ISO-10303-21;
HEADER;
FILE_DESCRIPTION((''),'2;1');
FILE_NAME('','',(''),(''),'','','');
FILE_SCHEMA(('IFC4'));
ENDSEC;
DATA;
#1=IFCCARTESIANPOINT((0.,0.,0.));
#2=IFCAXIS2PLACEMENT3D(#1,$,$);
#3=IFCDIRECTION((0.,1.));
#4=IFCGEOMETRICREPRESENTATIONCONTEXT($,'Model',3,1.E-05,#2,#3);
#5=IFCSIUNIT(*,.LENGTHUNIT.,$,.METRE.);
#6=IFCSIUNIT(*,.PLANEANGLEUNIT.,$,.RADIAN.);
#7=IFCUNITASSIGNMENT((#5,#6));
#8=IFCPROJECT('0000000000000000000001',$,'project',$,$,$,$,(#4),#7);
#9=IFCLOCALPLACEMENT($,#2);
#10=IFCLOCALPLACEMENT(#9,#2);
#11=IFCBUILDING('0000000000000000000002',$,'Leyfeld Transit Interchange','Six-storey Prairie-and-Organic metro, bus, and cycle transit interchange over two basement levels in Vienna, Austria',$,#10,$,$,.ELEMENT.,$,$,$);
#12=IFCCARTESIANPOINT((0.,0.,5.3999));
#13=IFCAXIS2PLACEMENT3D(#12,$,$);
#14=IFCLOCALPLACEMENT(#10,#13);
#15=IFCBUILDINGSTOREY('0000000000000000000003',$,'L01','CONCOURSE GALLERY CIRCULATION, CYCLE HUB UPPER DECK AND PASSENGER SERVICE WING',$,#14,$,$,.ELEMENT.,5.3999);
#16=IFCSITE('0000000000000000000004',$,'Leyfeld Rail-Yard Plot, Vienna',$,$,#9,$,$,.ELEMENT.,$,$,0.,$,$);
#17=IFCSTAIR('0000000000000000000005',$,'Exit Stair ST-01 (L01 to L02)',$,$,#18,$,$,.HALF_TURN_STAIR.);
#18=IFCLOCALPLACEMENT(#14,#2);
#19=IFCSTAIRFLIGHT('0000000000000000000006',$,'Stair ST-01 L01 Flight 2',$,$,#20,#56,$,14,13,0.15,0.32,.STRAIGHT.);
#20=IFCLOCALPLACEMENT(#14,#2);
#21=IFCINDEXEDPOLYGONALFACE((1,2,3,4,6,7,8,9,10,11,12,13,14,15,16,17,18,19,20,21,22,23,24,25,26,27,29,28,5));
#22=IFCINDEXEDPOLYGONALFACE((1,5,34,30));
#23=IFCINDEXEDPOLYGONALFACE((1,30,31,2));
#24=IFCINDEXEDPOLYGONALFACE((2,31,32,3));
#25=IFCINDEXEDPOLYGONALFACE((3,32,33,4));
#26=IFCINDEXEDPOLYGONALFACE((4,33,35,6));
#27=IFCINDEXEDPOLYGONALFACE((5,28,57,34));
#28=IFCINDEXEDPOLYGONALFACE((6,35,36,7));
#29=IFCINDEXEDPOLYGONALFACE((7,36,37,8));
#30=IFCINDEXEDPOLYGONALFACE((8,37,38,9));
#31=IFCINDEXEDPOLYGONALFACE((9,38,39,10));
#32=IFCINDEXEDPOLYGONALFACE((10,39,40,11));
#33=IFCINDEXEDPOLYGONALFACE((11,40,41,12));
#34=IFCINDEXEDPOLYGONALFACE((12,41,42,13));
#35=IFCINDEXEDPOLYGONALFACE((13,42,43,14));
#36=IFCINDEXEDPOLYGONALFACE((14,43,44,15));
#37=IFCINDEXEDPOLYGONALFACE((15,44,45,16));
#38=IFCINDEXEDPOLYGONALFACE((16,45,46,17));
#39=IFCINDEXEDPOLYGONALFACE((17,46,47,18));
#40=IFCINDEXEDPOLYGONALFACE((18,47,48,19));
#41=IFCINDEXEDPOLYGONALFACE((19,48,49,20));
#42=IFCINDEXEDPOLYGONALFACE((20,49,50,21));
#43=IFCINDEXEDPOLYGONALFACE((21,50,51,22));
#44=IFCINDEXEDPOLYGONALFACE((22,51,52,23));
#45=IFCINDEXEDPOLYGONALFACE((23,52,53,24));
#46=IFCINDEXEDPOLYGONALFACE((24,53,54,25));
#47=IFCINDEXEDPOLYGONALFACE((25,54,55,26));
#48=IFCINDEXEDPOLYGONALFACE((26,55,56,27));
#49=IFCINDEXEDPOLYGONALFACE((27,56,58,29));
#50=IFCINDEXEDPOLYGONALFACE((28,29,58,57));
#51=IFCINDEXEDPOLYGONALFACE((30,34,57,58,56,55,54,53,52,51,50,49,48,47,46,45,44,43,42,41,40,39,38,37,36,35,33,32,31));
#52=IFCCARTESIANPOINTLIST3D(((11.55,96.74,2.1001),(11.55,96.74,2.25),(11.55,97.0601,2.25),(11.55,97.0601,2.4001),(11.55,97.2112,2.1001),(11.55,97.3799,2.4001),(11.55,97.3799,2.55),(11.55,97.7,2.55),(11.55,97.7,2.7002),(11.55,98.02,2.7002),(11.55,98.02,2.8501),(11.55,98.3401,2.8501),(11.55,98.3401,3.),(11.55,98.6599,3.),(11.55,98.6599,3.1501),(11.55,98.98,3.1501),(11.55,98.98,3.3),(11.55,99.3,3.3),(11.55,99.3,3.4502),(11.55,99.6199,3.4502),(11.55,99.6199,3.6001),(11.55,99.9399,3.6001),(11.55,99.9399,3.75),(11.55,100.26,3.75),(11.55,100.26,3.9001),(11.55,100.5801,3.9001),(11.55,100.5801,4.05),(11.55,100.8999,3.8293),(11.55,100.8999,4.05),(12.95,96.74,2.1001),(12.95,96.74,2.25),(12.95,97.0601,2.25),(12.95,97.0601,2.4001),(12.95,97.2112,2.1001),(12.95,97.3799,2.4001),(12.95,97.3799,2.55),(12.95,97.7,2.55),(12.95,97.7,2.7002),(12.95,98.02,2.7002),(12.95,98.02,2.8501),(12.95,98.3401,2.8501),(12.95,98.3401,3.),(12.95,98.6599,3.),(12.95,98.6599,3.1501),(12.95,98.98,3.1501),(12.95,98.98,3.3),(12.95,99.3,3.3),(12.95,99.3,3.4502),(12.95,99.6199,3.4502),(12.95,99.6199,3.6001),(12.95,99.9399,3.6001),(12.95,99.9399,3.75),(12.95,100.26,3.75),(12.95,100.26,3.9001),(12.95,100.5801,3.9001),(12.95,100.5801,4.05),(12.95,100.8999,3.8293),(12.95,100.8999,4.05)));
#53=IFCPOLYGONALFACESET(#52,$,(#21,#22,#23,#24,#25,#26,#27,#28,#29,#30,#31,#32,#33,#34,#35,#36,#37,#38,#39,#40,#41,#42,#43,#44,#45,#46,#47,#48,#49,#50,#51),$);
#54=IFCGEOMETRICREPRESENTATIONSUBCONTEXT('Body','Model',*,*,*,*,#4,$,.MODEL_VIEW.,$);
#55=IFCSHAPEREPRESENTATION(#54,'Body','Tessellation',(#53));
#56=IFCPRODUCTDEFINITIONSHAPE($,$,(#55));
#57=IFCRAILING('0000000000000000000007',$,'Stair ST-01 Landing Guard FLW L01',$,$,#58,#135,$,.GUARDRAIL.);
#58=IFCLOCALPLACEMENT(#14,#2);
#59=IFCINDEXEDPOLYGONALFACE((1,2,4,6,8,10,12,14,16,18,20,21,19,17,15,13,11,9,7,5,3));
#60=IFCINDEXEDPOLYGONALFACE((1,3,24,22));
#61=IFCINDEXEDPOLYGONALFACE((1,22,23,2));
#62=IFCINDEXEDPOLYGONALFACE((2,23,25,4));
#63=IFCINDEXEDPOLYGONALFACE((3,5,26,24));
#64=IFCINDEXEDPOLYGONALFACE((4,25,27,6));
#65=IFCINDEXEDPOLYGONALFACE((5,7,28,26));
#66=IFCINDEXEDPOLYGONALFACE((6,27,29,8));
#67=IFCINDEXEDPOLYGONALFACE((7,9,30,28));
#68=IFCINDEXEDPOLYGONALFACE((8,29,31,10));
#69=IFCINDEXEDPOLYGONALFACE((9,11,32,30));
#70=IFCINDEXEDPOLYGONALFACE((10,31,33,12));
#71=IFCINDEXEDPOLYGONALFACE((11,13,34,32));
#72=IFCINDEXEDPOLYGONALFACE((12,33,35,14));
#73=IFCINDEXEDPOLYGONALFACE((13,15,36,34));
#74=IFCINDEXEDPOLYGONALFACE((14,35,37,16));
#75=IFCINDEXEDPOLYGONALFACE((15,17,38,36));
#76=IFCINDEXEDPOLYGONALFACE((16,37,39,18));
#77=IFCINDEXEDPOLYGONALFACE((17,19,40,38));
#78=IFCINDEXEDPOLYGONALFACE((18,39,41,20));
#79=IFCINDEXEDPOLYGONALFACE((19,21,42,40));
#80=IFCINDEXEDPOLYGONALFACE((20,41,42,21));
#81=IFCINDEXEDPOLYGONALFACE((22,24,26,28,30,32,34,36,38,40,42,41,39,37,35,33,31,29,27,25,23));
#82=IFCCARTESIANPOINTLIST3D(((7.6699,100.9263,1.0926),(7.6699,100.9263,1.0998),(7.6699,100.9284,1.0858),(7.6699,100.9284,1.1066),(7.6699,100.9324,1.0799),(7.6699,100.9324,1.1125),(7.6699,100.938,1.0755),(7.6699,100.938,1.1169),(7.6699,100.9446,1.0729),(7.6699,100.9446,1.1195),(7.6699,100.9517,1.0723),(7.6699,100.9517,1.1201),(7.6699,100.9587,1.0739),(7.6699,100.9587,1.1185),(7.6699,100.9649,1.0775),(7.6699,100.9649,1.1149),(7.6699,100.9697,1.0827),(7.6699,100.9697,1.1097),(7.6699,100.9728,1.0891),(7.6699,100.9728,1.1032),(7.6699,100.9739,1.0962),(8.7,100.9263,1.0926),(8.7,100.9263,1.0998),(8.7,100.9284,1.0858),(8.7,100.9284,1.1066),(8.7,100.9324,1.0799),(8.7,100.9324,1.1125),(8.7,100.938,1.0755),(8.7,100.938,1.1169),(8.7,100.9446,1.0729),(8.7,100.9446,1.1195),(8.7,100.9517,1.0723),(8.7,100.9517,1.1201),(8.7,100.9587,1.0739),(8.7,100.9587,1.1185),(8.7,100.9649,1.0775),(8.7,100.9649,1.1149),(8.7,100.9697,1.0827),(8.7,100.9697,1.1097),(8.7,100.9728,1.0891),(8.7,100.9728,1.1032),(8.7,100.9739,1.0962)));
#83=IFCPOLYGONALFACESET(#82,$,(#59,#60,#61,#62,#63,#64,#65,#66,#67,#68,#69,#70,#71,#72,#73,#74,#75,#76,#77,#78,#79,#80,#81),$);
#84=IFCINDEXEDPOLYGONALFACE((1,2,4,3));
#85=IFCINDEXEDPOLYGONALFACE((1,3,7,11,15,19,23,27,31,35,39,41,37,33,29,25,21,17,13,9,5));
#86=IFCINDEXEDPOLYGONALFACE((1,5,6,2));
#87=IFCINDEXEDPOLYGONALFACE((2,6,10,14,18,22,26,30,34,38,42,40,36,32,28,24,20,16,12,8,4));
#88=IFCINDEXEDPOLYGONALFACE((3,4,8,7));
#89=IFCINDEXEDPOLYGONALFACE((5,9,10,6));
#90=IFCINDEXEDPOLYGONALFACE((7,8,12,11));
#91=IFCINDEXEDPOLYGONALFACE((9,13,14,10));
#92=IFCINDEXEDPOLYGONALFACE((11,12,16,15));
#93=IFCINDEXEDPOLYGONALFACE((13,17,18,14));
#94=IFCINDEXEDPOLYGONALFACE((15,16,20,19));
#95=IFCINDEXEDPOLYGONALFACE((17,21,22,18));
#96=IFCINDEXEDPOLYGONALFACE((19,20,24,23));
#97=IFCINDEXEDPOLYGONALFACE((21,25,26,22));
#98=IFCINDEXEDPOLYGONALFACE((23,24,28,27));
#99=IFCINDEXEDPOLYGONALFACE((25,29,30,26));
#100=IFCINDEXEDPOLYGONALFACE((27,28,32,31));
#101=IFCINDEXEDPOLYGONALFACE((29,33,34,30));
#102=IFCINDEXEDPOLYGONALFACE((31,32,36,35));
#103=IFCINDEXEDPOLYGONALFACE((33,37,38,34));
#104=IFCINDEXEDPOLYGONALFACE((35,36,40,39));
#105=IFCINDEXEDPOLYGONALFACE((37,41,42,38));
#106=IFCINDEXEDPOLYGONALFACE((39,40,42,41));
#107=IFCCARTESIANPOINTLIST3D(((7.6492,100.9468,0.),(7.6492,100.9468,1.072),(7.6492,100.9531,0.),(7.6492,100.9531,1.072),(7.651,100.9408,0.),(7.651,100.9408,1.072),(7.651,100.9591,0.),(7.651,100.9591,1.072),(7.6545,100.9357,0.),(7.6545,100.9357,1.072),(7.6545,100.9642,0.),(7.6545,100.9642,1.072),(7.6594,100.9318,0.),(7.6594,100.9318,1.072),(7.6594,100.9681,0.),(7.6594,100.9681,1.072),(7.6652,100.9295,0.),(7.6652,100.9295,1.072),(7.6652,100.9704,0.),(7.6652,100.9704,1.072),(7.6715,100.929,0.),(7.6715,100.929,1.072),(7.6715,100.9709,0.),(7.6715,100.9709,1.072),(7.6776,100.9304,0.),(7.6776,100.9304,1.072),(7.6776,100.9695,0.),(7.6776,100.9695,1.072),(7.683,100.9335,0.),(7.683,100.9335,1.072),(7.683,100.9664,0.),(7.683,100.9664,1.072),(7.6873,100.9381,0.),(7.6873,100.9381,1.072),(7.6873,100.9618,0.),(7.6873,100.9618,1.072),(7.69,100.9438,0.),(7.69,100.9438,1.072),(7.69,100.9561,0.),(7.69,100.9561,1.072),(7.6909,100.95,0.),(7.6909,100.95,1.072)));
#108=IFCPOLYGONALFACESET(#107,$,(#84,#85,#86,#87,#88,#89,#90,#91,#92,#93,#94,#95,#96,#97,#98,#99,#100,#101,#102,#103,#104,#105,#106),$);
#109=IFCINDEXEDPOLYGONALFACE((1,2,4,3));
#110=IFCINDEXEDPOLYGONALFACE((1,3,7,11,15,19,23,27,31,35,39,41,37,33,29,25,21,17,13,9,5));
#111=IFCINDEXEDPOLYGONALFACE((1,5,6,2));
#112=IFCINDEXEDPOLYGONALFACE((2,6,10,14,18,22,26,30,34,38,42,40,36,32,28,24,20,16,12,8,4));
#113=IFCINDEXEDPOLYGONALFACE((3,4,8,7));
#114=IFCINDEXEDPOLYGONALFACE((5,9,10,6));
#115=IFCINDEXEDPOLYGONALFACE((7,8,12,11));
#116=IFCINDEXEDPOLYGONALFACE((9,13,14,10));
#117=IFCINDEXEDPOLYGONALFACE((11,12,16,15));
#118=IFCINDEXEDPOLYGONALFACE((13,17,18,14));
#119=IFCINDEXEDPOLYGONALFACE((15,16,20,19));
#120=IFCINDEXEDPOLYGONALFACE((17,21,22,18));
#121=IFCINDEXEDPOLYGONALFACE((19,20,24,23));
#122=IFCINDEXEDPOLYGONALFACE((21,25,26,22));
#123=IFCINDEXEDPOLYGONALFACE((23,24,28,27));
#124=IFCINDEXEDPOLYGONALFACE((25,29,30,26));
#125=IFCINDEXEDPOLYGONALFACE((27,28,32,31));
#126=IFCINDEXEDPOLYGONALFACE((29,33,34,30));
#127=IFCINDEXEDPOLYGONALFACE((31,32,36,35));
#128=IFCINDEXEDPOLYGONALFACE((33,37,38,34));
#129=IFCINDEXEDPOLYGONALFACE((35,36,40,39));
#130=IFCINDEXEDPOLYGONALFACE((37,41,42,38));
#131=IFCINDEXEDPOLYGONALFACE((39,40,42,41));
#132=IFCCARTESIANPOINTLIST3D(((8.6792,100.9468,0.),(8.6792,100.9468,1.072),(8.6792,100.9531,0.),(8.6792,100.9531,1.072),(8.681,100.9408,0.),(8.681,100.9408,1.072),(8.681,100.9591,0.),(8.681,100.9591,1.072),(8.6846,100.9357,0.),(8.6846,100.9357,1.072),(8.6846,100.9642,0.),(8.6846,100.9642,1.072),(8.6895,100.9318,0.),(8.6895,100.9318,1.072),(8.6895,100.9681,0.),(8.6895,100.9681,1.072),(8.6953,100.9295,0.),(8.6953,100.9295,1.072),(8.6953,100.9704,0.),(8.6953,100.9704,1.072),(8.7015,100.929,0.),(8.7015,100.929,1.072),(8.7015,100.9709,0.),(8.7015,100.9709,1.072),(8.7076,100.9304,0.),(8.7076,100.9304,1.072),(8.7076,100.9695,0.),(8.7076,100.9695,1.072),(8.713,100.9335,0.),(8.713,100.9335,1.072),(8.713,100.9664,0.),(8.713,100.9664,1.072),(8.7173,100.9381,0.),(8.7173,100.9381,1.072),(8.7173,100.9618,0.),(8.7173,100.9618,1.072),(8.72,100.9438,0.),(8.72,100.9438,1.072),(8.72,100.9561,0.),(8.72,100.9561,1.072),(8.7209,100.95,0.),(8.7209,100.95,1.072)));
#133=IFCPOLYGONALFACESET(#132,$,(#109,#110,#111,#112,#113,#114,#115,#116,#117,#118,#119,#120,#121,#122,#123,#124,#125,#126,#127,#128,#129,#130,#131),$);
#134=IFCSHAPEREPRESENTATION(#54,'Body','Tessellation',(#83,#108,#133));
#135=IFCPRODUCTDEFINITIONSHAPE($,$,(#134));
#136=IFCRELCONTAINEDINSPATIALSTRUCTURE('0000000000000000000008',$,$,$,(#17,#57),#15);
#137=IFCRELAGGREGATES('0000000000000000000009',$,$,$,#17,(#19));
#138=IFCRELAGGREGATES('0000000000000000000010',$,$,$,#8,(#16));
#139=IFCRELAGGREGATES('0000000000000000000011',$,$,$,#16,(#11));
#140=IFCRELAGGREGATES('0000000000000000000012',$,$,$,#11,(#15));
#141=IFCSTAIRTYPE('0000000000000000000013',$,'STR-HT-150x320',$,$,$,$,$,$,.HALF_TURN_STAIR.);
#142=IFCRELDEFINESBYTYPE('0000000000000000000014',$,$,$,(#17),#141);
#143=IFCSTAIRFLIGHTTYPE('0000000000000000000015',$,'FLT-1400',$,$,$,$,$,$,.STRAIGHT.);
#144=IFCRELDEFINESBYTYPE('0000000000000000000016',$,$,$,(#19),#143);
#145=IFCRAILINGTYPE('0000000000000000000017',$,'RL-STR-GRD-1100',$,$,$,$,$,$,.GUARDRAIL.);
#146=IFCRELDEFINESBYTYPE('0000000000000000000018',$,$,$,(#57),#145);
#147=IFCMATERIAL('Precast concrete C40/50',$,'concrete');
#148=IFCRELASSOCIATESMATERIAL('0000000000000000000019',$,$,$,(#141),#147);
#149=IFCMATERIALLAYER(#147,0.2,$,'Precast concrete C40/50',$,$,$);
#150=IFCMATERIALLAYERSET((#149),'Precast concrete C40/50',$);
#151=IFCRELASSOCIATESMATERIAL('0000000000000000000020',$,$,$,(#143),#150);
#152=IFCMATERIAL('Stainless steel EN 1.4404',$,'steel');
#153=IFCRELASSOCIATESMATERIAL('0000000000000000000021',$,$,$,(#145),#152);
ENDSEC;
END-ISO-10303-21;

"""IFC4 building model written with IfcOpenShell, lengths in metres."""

from ifc_helpers import new_model, si_unit, direction, frame, origin, origin_2d, place, context, subcontext, project, spatial, polyline, circle, outline, extrude, material, layer, layer_set, type_object, element, aggregate, save


model = new_model("IFC4")

# Units and contexts
model_context = context("Model", 3, precision=1e-05, world=origin(), true_north=direction((0.0, 1.0)))
body_context = subcontext(model_context, "Body", "Model", "MODEL_VIEW")
ifc_project = project(units=[si_unit("LENGTHUNIT", "METRE"), si_unit("PLANEANGLEUNIT", "RADIAN")], contexts=[model_context])

# Site, building, storey
site_placement = place(None, origin())
site = spatial("IfcSite", under=ifc_project, at=site_placement, Name="Leyfeld Rail-Yard Plot, Vienna", CompositionType="ELEMENT", RefElevation=0.0)
building_placement = place(site_placement, origin())
building = spatial("IfcBuilding", under=site, at=building_placement, Name="Leyfeld Transit Interchange", Description="Six-storey Prairie-and-Organic metro, bus, and cycle transit interchange over two basement levels in Vienna, Austria", CompositionType="ELEMENT")
storey_placement = place(building_placement, frame((0.0, 0.0, 5.3999)))
storey = spatial("IfcBuildingStorey", under=building, at=storey_placement, Name="L01", Description="CONCOURSE GALLERY CIRCULATION, CYCLE HUB UPPER DECK AND PASSENGER SERVICE WING", CompositionType="ELEMENT", Elevation=5.3999)

# Stair, stair flight
ifc_material_1 = material(Name="Precast concrete C40/50", Category="concrete")
stair_type = type_object("IfcStairType", Name="STR-HT-150x320", PredefinedType="HALF_TURN_STAIR", material=ifc_material_1)
stair_placement = place(storey_placement, origin())
stair = element("IfcStair", 1, at=stair_placement, inside=storey, type_object=stair_type, Name="Exit Stair ST-01 (L01 to L02)", PredefinedType="HALF_TURN_STAIR")
ifc_layer_1 = layer(ifc_material_1, 0.2, Name="Precast concrete C40/50")
ifc_layer_set_1 = layer_set([ifc_layer_1], Name="Precast concrete C40/50")
stair_flight_type = type_object("IfcStairFlightType", Name="FLT-1400", PredefinedType="STRAIGHT", material=ifc_layer_set_1)
stair_flight_1_placement = place(storey_placement, frame((12.25, 96.74, 2.1001), z_axis=(0.0, 0.0, 1.0), x_axis=(0.0, 1.0, 0.0)))
stair_flight_1 = element("IfcStairFlight", 2, at=stair_flight_1_placement, type_object=stair_flight_type, Name="Stair ST-01 L01 Flight 2", NumberOfRisers=14, NumberOfTreads=13, PredefinedType="STRAIGHT", RiserHeight=0.15, TreadLength=0.32, context=body_context, shape_type="SweptSolid", body=[
    extrude(outline(polyline([(0.0, 0.0), (0.0, 0.1499), (0.3201, 0.1499), (0.3201, 0.3), (0.6399, 0.3), (0.6399, 0.45), (0.96, 0.45), (0.96, 0.6001), (1.28, 0.6001), (1.28, 0.75), (1.6001, 0.75), (1.6001, 0.8999), (1.9199, 0.8999), (1.9199, 1.05), (2.24, 1.05), (2.24, 1.2), (2.5601, 1.2), (2.5601, 1.3501), (2.8799, 1.3501), (2.8799, 1.5), (3.2, 1.5), (3.2, 1.6499), (3.52, 1.6499), (3.52, 1.8), (3.8401, 1.8), (3.8401, 1.95), (4.1599, 1.95), (4.1599, 2.1001), (4.1599, 1.7292), (0.4712, 0.0), (0.0, 0.0)])), frame((0.0, 0.7, 0.0), z_axis=(0.0, -1.0, 0.0), x_axis=(1.0, 0.0, 0.0)), (0.0, 0.0, 1.0), 1.3999),
])
aggregate(stair, [stair_flight_1])

# Railing
ifc_material_2 = material(Name="Stainless steel EN 1.4404", Category="steel")
railing_type_1 = type_object("IfcRailingType", Name="RL-STR-GRD-1100", PredefinedType="GUARDRAIL", material=ifc_material_2)
railing_1_placement = place(storey_placement, frame((7.6699, 100.95, 0.0)))
element("IfcRailing", 3, at=railing_1_placement, inside=storey, type_object=railing_type_1, Name="Stair ST-01 Landing Guard FLW L01", PredefinedType="GUARDRAIL", context=body_context, shape_type="SweptSolid", body=[
    extrude(circle(Radius=0.0239, at=origin_2d()), frame((0.0, 0.0, 1.0962), z_axis=(1.0, 0.0, 0.0), x_axis=(0.0, 1.0, 0.0)), (0.0, 0.0, 1.0), 1.03),
    extrude(circle(Radius=0.021, at=origin_2d()), origin(), (0.0, 0.0, 1.0), 1.072),
    extrude(circle(Radius=0.021, at=origin_2d()), frame((1.03, 0.0, 0.0)), (0.0, 0.0, 1.0), 1.072),
])

save(model, "model.ifc")
